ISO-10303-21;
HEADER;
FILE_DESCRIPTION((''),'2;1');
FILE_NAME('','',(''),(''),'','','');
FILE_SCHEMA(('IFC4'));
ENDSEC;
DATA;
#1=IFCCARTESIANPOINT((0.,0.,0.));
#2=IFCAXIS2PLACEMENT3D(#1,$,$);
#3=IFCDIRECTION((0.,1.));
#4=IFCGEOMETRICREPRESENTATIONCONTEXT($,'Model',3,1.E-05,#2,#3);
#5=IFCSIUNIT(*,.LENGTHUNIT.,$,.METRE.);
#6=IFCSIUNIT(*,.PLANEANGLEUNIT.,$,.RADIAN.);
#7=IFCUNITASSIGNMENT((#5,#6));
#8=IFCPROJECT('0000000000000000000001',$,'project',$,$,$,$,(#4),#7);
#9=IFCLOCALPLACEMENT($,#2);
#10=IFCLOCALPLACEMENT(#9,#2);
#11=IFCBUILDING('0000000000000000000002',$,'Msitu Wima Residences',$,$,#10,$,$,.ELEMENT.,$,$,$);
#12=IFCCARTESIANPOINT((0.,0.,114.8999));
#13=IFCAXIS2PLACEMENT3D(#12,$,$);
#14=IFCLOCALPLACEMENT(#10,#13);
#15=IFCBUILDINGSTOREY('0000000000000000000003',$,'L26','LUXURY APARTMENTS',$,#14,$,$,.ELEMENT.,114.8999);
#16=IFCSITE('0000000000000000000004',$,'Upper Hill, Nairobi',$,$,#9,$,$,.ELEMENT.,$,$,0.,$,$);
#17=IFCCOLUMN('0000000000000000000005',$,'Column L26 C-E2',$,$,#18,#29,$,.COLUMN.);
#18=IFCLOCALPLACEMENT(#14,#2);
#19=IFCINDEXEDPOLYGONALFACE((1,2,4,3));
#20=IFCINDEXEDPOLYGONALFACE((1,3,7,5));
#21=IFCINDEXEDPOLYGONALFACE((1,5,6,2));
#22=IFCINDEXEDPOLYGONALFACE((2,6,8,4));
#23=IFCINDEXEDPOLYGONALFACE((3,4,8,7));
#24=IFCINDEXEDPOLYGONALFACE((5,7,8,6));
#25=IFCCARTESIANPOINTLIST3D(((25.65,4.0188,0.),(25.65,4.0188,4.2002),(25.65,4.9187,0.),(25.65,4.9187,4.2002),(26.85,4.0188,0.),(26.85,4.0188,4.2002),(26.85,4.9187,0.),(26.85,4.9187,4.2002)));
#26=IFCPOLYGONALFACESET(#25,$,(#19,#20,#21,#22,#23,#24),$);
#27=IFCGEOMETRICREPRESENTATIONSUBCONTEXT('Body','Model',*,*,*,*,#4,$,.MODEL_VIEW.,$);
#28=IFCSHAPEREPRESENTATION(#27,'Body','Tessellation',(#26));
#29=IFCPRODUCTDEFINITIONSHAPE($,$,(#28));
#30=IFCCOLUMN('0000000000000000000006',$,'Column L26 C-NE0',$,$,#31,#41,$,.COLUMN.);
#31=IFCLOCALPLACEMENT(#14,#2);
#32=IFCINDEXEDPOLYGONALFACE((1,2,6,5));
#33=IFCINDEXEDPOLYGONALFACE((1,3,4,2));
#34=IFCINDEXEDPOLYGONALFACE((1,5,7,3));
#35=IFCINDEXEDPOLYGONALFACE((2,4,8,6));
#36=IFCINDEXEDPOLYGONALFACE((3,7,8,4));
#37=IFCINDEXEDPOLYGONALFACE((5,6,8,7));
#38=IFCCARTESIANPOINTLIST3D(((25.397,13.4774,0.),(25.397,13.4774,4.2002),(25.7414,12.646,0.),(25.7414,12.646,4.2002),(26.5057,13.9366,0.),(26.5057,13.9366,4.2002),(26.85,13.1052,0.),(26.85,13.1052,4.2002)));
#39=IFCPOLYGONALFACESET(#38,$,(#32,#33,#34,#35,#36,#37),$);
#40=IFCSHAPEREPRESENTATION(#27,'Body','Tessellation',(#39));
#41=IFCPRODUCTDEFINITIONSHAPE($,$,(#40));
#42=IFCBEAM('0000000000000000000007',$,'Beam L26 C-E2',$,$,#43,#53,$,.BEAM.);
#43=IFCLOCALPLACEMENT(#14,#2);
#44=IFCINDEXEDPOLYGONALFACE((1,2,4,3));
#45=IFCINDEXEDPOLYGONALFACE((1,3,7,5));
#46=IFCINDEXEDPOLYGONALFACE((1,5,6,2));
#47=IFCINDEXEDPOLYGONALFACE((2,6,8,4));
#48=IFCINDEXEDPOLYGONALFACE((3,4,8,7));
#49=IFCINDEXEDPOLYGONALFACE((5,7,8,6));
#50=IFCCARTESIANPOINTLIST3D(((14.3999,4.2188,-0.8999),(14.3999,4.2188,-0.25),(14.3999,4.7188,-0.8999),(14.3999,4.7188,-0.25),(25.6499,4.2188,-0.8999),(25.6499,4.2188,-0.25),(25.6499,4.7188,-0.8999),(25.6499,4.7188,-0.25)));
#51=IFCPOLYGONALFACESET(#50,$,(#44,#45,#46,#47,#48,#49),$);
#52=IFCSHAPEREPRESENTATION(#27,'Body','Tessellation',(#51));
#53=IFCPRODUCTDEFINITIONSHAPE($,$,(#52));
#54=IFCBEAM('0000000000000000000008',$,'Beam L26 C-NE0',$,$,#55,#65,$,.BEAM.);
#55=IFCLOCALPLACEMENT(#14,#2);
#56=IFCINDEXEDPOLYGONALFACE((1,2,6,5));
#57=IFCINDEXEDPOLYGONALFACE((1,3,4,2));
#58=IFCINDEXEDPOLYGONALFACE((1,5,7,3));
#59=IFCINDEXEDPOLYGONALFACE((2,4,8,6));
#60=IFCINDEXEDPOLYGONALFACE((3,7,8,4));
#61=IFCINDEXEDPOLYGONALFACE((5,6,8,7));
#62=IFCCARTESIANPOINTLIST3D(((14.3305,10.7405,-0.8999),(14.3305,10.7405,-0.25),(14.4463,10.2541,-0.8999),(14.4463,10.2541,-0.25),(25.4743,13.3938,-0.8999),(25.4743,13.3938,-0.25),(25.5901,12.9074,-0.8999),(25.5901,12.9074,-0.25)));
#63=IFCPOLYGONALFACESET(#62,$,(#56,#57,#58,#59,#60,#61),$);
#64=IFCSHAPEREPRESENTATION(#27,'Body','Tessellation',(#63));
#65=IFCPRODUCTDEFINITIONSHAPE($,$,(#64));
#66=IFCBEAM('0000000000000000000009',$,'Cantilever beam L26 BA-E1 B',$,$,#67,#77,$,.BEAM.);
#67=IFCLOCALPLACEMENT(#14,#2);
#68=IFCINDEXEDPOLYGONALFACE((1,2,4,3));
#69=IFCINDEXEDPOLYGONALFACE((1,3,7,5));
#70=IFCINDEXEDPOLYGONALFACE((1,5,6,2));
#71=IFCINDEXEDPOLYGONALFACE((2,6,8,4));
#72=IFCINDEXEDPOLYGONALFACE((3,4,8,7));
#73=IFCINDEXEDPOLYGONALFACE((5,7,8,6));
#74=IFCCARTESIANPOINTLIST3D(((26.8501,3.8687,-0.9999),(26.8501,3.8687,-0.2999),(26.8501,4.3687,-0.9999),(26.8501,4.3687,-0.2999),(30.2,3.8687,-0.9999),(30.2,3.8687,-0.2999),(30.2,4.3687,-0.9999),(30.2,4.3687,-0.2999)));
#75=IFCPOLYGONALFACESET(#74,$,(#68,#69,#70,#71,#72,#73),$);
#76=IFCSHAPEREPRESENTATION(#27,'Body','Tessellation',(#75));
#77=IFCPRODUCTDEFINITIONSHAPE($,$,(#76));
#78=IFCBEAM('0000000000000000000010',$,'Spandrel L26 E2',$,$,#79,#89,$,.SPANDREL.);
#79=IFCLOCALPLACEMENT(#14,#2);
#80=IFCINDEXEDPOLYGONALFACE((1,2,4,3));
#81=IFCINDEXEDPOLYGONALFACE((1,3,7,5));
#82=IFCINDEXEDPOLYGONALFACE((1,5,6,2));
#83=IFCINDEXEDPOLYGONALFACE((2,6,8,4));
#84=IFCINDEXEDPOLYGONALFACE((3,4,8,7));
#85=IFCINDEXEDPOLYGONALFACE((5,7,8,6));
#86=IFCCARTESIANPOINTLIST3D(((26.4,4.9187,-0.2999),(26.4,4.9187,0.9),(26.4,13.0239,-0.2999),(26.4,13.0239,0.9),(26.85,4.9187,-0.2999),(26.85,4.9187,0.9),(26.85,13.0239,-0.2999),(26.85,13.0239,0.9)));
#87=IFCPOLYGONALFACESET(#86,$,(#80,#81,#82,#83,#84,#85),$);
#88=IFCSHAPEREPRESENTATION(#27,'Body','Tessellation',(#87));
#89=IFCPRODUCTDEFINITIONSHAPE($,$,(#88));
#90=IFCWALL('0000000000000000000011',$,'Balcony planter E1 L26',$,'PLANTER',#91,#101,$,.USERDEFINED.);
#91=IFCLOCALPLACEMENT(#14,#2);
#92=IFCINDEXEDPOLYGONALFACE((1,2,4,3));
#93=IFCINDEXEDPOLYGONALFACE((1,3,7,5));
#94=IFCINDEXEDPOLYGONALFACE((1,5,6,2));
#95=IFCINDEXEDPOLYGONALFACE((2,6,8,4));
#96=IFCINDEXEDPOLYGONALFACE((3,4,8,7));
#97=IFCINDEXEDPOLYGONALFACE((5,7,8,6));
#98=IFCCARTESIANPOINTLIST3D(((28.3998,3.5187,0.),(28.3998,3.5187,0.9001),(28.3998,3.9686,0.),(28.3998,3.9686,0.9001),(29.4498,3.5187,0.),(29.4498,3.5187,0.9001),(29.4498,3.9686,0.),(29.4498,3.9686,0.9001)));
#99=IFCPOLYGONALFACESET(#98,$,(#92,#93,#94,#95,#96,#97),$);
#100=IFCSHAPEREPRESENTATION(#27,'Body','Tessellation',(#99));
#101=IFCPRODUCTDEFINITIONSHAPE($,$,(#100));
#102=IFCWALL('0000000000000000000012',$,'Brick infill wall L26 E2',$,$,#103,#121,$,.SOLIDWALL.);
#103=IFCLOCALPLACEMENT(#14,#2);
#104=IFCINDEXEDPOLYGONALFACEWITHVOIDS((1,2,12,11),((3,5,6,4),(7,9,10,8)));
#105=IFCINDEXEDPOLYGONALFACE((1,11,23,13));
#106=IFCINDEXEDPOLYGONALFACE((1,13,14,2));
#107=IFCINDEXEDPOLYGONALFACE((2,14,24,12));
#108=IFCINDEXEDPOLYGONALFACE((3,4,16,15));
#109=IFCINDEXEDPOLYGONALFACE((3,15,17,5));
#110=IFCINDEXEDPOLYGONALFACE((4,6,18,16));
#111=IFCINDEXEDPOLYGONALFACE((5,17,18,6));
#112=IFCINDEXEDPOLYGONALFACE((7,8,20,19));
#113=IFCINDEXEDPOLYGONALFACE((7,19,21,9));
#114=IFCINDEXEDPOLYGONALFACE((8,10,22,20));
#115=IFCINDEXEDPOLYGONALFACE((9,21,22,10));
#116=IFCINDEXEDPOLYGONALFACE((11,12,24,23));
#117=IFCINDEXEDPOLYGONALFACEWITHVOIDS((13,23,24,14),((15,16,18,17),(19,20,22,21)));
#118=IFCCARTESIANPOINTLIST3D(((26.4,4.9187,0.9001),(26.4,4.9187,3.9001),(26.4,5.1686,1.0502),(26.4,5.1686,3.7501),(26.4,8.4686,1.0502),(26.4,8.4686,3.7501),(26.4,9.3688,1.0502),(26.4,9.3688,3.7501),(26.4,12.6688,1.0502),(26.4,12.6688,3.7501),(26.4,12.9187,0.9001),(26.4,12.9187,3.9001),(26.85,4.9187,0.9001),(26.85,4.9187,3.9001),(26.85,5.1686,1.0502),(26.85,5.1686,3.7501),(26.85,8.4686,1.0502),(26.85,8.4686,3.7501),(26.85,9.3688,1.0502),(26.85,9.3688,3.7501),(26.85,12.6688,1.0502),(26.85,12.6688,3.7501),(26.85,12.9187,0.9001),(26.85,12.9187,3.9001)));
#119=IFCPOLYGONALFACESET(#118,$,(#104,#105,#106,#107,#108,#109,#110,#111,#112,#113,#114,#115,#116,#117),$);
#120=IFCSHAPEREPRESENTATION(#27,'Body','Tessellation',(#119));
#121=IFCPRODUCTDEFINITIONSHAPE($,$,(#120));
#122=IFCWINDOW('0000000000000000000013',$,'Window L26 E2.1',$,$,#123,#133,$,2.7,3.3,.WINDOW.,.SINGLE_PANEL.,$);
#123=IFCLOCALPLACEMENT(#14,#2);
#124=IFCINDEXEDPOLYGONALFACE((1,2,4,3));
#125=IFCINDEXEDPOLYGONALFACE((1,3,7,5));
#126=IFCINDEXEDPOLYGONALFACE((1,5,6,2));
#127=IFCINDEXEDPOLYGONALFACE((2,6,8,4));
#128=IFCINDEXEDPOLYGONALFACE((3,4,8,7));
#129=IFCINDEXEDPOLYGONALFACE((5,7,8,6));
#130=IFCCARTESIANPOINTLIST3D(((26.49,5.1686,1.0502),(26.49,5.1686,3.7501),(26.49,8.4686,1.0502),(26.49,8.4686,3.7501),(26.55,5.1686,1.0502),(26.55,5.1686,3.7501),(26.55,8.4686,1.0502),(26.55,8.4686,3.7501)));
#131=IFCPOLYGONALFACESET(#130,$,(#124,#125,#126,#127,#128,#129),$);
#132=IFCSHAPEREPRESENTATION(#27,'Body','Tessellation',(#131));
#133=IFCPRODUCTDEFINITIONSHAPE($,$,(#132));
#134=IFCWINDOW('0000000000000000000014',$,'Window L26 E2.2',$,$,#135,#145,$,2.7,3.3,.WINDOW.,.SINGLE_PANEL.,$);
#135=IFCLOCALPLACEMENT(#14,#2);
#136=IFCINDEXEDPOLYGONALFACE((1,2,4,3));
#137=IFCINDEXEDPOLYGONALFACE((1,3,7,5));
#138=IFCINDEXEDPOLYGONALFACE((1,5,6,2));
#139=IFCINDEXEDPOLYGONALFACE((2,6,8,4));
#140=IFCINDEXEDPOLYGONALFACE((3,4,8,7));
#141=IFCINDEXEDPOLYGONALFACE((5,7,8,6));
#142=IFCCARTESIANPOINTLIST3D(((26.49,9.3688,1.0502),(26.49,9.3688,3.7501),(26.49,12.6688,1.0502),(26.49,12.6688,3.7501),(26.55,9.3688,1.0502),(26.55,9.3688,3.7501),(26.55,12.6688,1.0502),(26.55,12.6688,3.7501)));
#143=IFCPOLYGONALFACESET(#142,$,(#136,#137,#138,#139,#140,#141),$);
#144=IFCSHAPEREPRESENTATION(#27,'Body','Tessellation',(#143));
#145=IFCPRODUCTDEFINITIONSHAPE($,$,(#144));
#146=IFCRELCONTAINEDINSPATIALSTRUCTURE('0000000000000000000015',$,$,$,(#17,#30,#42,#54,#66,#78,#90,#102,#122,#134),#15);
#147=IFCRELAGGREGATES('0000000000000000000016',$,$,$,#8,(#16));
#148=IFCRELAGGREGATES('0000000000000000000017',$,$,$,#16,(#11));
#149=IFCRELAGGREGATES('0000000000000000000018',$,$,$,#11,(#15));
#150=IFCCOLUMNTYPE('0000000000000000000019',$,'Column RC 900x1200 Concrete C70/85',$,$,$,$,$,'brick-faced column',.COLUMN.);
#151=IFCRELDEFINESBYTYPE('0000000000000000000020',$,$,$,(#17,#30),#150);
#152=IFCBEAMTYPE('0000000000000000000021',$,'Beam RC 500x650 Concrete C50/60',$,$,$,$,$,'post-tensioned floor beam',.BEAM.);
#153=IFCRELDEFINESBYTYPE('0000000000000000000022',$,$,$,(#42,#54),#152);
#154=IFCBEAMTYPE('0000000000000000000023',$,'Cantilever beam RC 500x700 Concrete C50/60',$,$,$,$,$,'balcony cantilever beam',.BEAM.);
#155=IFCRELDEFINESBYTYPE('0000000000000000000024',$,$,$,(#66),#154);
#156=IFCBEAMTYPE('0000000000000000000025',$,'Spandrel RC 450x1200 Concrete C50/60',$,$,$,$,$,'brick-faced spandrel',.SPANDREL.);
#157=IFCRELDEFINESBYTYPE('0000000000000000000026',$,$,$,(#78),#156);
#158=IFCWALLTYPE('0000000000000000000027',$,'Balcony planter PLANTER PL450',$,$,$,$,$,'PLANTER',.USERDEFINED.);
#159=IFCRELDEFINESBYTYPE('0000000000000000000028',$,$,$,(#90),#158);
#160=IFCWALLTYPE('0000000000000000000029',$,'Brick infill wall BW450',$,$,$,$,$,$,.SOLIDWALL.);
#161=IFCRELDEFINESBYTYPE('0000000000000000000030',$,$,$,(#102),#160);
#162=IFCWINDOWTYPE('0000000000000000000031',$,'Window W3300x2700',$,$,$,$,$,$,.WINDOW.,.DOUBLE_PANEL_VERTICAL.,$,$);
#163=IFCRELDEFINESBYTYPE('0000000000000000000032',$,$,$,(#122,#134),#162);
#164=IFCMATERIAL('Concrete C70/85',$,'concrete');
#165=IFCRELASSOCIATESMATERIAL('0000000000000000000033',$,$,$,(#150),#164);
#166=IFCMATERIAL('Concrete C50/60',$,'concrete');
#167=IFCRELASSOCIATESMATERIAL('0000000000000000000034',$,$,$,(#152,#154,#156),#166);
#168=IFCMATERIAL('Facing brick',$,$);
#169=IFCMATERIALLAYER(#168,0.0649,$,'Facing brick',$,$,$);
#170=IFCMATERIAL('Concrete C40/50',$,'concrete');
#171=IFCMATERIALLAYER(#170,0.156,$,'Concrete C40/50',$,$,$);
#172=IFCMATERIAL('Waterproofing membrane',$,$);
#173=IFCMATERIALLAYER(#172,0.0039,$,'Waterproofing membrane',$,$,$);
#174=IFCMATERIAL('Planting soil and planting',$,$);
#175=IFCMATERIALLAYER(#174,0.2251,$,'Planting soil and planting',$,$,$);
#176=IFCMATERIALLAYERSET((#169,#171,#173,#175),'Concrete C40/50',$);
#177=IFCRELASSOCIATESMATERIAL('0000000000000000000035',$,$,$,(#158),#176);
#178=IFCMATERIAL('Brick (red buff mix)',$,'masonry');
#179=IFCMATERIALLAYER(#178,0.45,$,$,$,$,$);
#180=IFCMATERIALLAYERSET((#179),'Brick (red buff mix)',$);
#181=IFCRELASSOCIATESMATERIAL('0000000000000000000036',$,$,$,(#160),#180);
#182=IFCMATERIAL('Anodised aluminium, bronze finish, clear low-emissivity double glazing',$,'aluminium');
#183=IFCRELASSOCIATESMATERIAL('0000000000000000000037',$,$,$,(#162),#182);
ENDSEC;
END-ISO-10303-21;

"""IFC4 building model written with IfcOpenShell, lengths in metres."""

from ifc_helpers import new_model, si_unit, direction, frame, frame_2d, origin, origin_2d, place, context, subcontext, project, spatial, rectangle, extrude, material, layer, layer_set, material_profile, profile_set, type_object, element, fill, save


model = new_model("IFC4")

# Units and contexts
model_context = context("Model", 3, precision=1e-05, world=origin(), true_north=direction((0.0, 1.0)))
body_context = subcontext(model_context, "Body", "Model", "MODEL_VIEW")
ifc_project = project(units=[si_unit("LENGTHUNIT", "METRE"), si_unit("PLANEANGLEUNIT", "RADIAN")], contexts=[model_context])

# Site, building, storey
site_placement = place(None, origin())
site = spatial("IfcSite", under=ifc_project, at=site_placement, Name="Upper Hill, Nairobi", CompositionType="ELEMENT", RefElevation=0.0)
building_placement = place(site_placement, origin())
building = spatial("IfcBuilding", under=site, at=building_placement, Name="Msitu Wima Residences", CompositionType="ELEMENT")
storey_placement = place(building_placement, frame((0.0, 0.0, 114.8999)))
storey = spatial("IfcBuildingStorey", under=building, at=storey_placement, Name="L26", Description="LUXURY APARTMENTS", CompositionType="ELEMENT", Elevation=114.8999)

# Columns
ifc_material_1 = material(Name="Concrete C70/85", Category="concrete")
ifc_material_profile_1 = material_profile(ifc_material_1, rectangle(XDim=0.8999, YDim=1.2, at=origin_2d()), Name="RC 900x1200")
ifc_profile_set_1 = profile_set([ifc_material_profile_1], Name="Concrete C70/85")
column_type = type_object("IfcColumnType", Name="Column RC 900x1200 Concrete C70/85", ElementType="brick-faced column", PredefinedType="COLUMN", material=ifc_profile_set_1)
for number, where, z_axis, x_axis, name in (
    (1, (26.25, 4.4688, 0.0), (0.0, 0.0, 1.0), (0.0, 1.0, 0.0), "Column L26 C-E2"),
    (2, (26.1235, 13.2913, 0.0), (0.0, 0.0, 1.0), (-0.382683, 0.92388, 0.0), "Column L26 C-NE0"),
):
    element("IfcColumn", number, at=place(storey_placement, frame(where, z_axis=z_axis, x_axis=x_axis)), inside=storey, type_object=column_type, Name=name, PredefinedType="COLUMN", context=body_context, shape_type="SweptSolid", body=[
        extrude(rectangle(XDim=0.8999, YDim=1.2, at=origin_2d()), origin(), (0.0, 0.0, 1.0), 4.2002),
    ])

# Beams
ifc_material_2 = material(Name="Concrete C50/60", Category="concrete")
ifc_material_profile_2 = material_profile(ifc_material_2, rectangle(XDim=0.5, YDim=0.6499, at=origin_2d()), Name="RC 500x650")
ifc_profile_set_2 = profile_set([ifc_material_profile_2], Name="Concrete C50/60")
beam_type_1 = type_object("IfcBeamType", Name="Beam RC 500x650 Concrete C50/60", ElementType="post-tensioned floor beam", PredefinedType="BEAM", material=ifc_profile_set_2)
beam_1_placement = place(storey_placement, frame((25.6499, 4.4688, -0.575), z_axis=(-1.0, 0.0, 0.0), x_axis=(0.0, -1.0, 0.0)))
element("IfcBeam", 3, at=beam_1_placement, inside=storey, type_object=beam_type_1, Name="Beam L26 C-E2", PredefinedType="BEAM", context=body_context, shape_type="SweptSolid", body=[
    extrude(rectangle(XDim=0.5, YDim=0.6499, at=origin_2d()), origin(), (0.0, 0.0, 1.0), 11.25),
])
beam_2_placement = place(storey_placement, frame((25.5322, 13.1506, -0.575), z_axis=(-0.972806, -0.231623, 0.0), x_axis=(0.231623, -0.972806, 0.0)))
element("IfcBeam", 4, at=beam_2_placement, inside=storey, type_object=beam_type_1, Name="Beam L26 C-NE0", PredefinedType="BEAM", context=body_context, shape_type="SweptSolid", body=[
    extrude(rectangle(XDim=0.5, YDim=0.6499, at=origin_2d()), origin(), (0.0, 0.0, 1.0), 11.4553),
])
ifc_material_profile_3 = material_profile(ifc_material_2, rectangle(XDim=0.5, YDim=0.7, at=origin_2d()), Name="RC 500x700")
ifc_profile_set_3 = profile_set([ifc_material_profile_3], Name="Concrete C50/60")
beam_type_2 = type_object("IfcBeamType", Name="Cantilever beam RC 500x700 Concrete C50/60", ElementType="balcony cantilever beam", PredefinedType="BEAM", material=ifc_profile_set_3)
beam_3_placement = place(storey_placement, frame((26.8501, 4.1187, -0.6499), z_axis=(1.0, 0.0, 0.0), x_axis=(0.0, 1.0, 0.0)))
element("IfcBeam", 5, at=beam_3_placement, inside=storey, type_object=beam_type_2, Name="Cantilever beam L26 BA-E1 B", PredefinedType="BEAM", context=body_context, shape_type="SweptSolid", body=[
    extrude(rectangle(XDim=0.5, YDim=0.7, at=origin_2d()), origin(), (0.0, 0.0, 1.0), 3.3499),
])
ifc_material_profile_4 = material_profile(ifc_material_2, rectangle(XDim=0.45, YDim=1.2, at=origin_2d()), Name="RC 450x1200")
ifc_profile_set_4 = profile_set([ifc_material_profile_4], Name="Concrete C50/60")
beam_type_3 = type_object("IfcBeamType", Name="Spandrel RC 450x1200 Concrete C50/60", ElementType="brick-faced spandrel", PredefinedType="SPANDREL", material=ifc_profile_set_4)
beam_4_placement = place(storey_placement, frame((26.625, 4.9187, 0.3), z_axis=(0.0, 1.0, 0.0), x_axis=(-1.0, 0.0, 0.0)))
element("IfcBeam", 6, at=beam_4_placement, inside=storey, type_object=beam_type_3, Name="Spandrel L26 E2", PredefinedType="SPANDREL", context=body_context, shape_type="SweptSolid", body=[
    extrude(rectangle(XDim=0.45, YDim=1.2, at=origin_2d()), origin(), (0.0, 0.0, 1.0), 8.1052),
])

# Wall
ifc_material_3 = material(Name="Facing brick")
ifc_layer_1 = layer(ifc_material_3, 0.0649, Name="Facing brick")
ifc_material_4 = material(Name="Concrete C40/50", Category="concrete")
ifc_layer_2 = layer(ifc_material_4, 0.156, Name="Concrete C40/50")
ifc_material_5 = material(Name="Waterproofing membrane")
ifc_layer_3 = layer(ifc_material_5, 0.0039, Name="Waterproofing membrane")
ifc_material_6 = material(Name="Planting soil and planting")
ifc_layer_4 = layer(ifc_material_6, 0.2251, Name="Planting soil and planting")
ifc_layer_set_1 = layer_set([ifc_layer_1, ifc_layer_2, ifc_layer_3, ifc_layer_4], Name="Concrete C40/50")
wall_type_1 = type_object("IfcWallType", Name="Balcony planter PLANTER PL450", ElementType="PLANTER", PredefinedType="USERDEFINED", material=ifc_layer_set_1)
wall_1_placement = place(storey_placement, frame((28.3999, 3.7437, 0.0), z_axis=(0.0, 0.0, 1.0), x_axis=(1.0, 0.0, 0.0)))
element("IfcWall", 7, at=wall_1_placement, inside=storey, type_object=wall_type_1, Name="Balcony planter E1 L26", ObjectType="PLANTER", PredefinedType="USERDEFINED", context=body_context, shape_type="SweptSolid", body=[
    extrude(rectangle(XDim=1.05, YDim=0.45, at=frame_2d((0.5249, 0.0))), origin(), (0.0, 0.0, 1.0), 0.9001),
])

# Wall, openings, windows
ifc_material_7 = material(Name="Brick (red buff mix)", Category="masonry")
ifc_layer_5 = layer(ifc_material_7, 0.45)
ifc_layer_set_2 = layer_set([ifc_layer_5], Name="Brick (red buff mix)")
wall_type_2 = type_object("IfcWallType", Name="Brick infill wall BW450", PredefinedType="SOLIDWALL", material=ifc_layer_set_2)
wall_2_placement = place(storey_placement, frame((26.625, 4.9187, 0.9001), z_axis=(0.0, 0.0, 1.0), x_axis=(0.0, 1.0, 0.0)))
wall_2 = element("IfcWall", 8, at=wall_2_placement, inside=storey, type_object=wall_type_2, Name="Brick infill wall L26 E2", PredefinedType="SOLIDWALL", context=body_context, shape_type="SweptSolid", body=[
    extrude(rectangle(XDim=8.0, YDim=0.45, at=frame_2d((4.0, 0.0))), origin(), (0.0, 0.0, 1.0), 3.0),
])
opening_1_placement = place(wall_2_placement, frame((0.25, 0.0, 0.1499)))
opening_1 = element("IfcOpeningElement", 9, at=opening_1_placement, cuts=wall_2, PredefinedType="OPENING", context=body_context, shape_type="SweptSolid", body=[
    extrude(rectangle(XDim=3.3, YDim=2.7, at=frame_2d((1.6499, 1.3501))), frame((0.0, 0.2349, 0.0), z_axis=(0.0, -1.0, 0.0), x_axis=(1.0, 0.0, 0.0)), (0.0, 0.0, 1.0), 0.47),
])
opening_2_placement = place(wall_2_placement, frame((4.4502, 0.0, 0.1499)))
opening_2 = element("IfcOpeningElement", 10, at=opening_2_placement, cuts=wall_2, PredefinedType="OPENING", context=body_context, shape_type="SweptSolid", body=[
    extrude(rectangle(XDim=3.3, YDim=2.7, at=frame_2d((1.6499, 1.3501))), frame((0.0, 0.2349, 0.0), z_axis=(0.0, -1.0, 0.0), x_axis=(1.0, 0.0, 0.0)), (0.0, 0.0, 1.0), 0.47),
])
ifc_material_8 = material(Name="Anodised aluminium, bronze finish, clear low-emissivity double glazing", Category="aluminium")
window_type = type_object("IfcWindowType", Name="Window W3300x2700", PartitioningType="DOUBLE_PANEL_VERTICAL", PredefinedType="WINDOW", material=ifc_material_8)
window_1_placement = place(opening_1_placement, origin())
window_1 = element("IfcWindow", 11, at=window_1_placement, inside=storey, type_object=window_type, Name="Window L26 E2.1", OverallHeight=2.7, OverallWidth=3.3, PartitioningType="SINGLE_PANEL", PredefinedType="WINDOW", context=body_context, shape_type="SweptSolid", body=[
    extrude(rectangle(XDim=3.3, YDim=2.7, at=frame_2d((1.6499, 1.3501))), frame((0.0, 0.135, 0.0), z_axis=(0.0, -1.0, 0.0), x_axis=(1.0, 0.0, 0.0)), (0.0, 0.0, 1.0), 0.0601),
])
fill(opening_1, window_1)
window_2_placement = place(opening_2_placement, origin())
window_2 = element("IfcWindow", 12, at=window_2_placement, inside=storey, type_object=window_type, Name="Window L26 E2.2", OverallHeight=2.7, OverallWidth=3.3, PartitioningType="SINGLE_PANEL", PredefinedType="WINDOW", context=body_context, shape_type="SweptSolid", body=[
    extrude(rectangle(XDim=3.3, YDim=2.7, at=frame_2d((1.6499, 1.3501))), frame((0.0, 0.135, 0.0), z_axis=(0.0, -1.0, 0.0), x_axis=(1.0, 0.0, 0.0)), (0.0, 0.0, 1.0), 0.0601),
])
fill(opening_2, window_2)

save(model, "model.ifc")
